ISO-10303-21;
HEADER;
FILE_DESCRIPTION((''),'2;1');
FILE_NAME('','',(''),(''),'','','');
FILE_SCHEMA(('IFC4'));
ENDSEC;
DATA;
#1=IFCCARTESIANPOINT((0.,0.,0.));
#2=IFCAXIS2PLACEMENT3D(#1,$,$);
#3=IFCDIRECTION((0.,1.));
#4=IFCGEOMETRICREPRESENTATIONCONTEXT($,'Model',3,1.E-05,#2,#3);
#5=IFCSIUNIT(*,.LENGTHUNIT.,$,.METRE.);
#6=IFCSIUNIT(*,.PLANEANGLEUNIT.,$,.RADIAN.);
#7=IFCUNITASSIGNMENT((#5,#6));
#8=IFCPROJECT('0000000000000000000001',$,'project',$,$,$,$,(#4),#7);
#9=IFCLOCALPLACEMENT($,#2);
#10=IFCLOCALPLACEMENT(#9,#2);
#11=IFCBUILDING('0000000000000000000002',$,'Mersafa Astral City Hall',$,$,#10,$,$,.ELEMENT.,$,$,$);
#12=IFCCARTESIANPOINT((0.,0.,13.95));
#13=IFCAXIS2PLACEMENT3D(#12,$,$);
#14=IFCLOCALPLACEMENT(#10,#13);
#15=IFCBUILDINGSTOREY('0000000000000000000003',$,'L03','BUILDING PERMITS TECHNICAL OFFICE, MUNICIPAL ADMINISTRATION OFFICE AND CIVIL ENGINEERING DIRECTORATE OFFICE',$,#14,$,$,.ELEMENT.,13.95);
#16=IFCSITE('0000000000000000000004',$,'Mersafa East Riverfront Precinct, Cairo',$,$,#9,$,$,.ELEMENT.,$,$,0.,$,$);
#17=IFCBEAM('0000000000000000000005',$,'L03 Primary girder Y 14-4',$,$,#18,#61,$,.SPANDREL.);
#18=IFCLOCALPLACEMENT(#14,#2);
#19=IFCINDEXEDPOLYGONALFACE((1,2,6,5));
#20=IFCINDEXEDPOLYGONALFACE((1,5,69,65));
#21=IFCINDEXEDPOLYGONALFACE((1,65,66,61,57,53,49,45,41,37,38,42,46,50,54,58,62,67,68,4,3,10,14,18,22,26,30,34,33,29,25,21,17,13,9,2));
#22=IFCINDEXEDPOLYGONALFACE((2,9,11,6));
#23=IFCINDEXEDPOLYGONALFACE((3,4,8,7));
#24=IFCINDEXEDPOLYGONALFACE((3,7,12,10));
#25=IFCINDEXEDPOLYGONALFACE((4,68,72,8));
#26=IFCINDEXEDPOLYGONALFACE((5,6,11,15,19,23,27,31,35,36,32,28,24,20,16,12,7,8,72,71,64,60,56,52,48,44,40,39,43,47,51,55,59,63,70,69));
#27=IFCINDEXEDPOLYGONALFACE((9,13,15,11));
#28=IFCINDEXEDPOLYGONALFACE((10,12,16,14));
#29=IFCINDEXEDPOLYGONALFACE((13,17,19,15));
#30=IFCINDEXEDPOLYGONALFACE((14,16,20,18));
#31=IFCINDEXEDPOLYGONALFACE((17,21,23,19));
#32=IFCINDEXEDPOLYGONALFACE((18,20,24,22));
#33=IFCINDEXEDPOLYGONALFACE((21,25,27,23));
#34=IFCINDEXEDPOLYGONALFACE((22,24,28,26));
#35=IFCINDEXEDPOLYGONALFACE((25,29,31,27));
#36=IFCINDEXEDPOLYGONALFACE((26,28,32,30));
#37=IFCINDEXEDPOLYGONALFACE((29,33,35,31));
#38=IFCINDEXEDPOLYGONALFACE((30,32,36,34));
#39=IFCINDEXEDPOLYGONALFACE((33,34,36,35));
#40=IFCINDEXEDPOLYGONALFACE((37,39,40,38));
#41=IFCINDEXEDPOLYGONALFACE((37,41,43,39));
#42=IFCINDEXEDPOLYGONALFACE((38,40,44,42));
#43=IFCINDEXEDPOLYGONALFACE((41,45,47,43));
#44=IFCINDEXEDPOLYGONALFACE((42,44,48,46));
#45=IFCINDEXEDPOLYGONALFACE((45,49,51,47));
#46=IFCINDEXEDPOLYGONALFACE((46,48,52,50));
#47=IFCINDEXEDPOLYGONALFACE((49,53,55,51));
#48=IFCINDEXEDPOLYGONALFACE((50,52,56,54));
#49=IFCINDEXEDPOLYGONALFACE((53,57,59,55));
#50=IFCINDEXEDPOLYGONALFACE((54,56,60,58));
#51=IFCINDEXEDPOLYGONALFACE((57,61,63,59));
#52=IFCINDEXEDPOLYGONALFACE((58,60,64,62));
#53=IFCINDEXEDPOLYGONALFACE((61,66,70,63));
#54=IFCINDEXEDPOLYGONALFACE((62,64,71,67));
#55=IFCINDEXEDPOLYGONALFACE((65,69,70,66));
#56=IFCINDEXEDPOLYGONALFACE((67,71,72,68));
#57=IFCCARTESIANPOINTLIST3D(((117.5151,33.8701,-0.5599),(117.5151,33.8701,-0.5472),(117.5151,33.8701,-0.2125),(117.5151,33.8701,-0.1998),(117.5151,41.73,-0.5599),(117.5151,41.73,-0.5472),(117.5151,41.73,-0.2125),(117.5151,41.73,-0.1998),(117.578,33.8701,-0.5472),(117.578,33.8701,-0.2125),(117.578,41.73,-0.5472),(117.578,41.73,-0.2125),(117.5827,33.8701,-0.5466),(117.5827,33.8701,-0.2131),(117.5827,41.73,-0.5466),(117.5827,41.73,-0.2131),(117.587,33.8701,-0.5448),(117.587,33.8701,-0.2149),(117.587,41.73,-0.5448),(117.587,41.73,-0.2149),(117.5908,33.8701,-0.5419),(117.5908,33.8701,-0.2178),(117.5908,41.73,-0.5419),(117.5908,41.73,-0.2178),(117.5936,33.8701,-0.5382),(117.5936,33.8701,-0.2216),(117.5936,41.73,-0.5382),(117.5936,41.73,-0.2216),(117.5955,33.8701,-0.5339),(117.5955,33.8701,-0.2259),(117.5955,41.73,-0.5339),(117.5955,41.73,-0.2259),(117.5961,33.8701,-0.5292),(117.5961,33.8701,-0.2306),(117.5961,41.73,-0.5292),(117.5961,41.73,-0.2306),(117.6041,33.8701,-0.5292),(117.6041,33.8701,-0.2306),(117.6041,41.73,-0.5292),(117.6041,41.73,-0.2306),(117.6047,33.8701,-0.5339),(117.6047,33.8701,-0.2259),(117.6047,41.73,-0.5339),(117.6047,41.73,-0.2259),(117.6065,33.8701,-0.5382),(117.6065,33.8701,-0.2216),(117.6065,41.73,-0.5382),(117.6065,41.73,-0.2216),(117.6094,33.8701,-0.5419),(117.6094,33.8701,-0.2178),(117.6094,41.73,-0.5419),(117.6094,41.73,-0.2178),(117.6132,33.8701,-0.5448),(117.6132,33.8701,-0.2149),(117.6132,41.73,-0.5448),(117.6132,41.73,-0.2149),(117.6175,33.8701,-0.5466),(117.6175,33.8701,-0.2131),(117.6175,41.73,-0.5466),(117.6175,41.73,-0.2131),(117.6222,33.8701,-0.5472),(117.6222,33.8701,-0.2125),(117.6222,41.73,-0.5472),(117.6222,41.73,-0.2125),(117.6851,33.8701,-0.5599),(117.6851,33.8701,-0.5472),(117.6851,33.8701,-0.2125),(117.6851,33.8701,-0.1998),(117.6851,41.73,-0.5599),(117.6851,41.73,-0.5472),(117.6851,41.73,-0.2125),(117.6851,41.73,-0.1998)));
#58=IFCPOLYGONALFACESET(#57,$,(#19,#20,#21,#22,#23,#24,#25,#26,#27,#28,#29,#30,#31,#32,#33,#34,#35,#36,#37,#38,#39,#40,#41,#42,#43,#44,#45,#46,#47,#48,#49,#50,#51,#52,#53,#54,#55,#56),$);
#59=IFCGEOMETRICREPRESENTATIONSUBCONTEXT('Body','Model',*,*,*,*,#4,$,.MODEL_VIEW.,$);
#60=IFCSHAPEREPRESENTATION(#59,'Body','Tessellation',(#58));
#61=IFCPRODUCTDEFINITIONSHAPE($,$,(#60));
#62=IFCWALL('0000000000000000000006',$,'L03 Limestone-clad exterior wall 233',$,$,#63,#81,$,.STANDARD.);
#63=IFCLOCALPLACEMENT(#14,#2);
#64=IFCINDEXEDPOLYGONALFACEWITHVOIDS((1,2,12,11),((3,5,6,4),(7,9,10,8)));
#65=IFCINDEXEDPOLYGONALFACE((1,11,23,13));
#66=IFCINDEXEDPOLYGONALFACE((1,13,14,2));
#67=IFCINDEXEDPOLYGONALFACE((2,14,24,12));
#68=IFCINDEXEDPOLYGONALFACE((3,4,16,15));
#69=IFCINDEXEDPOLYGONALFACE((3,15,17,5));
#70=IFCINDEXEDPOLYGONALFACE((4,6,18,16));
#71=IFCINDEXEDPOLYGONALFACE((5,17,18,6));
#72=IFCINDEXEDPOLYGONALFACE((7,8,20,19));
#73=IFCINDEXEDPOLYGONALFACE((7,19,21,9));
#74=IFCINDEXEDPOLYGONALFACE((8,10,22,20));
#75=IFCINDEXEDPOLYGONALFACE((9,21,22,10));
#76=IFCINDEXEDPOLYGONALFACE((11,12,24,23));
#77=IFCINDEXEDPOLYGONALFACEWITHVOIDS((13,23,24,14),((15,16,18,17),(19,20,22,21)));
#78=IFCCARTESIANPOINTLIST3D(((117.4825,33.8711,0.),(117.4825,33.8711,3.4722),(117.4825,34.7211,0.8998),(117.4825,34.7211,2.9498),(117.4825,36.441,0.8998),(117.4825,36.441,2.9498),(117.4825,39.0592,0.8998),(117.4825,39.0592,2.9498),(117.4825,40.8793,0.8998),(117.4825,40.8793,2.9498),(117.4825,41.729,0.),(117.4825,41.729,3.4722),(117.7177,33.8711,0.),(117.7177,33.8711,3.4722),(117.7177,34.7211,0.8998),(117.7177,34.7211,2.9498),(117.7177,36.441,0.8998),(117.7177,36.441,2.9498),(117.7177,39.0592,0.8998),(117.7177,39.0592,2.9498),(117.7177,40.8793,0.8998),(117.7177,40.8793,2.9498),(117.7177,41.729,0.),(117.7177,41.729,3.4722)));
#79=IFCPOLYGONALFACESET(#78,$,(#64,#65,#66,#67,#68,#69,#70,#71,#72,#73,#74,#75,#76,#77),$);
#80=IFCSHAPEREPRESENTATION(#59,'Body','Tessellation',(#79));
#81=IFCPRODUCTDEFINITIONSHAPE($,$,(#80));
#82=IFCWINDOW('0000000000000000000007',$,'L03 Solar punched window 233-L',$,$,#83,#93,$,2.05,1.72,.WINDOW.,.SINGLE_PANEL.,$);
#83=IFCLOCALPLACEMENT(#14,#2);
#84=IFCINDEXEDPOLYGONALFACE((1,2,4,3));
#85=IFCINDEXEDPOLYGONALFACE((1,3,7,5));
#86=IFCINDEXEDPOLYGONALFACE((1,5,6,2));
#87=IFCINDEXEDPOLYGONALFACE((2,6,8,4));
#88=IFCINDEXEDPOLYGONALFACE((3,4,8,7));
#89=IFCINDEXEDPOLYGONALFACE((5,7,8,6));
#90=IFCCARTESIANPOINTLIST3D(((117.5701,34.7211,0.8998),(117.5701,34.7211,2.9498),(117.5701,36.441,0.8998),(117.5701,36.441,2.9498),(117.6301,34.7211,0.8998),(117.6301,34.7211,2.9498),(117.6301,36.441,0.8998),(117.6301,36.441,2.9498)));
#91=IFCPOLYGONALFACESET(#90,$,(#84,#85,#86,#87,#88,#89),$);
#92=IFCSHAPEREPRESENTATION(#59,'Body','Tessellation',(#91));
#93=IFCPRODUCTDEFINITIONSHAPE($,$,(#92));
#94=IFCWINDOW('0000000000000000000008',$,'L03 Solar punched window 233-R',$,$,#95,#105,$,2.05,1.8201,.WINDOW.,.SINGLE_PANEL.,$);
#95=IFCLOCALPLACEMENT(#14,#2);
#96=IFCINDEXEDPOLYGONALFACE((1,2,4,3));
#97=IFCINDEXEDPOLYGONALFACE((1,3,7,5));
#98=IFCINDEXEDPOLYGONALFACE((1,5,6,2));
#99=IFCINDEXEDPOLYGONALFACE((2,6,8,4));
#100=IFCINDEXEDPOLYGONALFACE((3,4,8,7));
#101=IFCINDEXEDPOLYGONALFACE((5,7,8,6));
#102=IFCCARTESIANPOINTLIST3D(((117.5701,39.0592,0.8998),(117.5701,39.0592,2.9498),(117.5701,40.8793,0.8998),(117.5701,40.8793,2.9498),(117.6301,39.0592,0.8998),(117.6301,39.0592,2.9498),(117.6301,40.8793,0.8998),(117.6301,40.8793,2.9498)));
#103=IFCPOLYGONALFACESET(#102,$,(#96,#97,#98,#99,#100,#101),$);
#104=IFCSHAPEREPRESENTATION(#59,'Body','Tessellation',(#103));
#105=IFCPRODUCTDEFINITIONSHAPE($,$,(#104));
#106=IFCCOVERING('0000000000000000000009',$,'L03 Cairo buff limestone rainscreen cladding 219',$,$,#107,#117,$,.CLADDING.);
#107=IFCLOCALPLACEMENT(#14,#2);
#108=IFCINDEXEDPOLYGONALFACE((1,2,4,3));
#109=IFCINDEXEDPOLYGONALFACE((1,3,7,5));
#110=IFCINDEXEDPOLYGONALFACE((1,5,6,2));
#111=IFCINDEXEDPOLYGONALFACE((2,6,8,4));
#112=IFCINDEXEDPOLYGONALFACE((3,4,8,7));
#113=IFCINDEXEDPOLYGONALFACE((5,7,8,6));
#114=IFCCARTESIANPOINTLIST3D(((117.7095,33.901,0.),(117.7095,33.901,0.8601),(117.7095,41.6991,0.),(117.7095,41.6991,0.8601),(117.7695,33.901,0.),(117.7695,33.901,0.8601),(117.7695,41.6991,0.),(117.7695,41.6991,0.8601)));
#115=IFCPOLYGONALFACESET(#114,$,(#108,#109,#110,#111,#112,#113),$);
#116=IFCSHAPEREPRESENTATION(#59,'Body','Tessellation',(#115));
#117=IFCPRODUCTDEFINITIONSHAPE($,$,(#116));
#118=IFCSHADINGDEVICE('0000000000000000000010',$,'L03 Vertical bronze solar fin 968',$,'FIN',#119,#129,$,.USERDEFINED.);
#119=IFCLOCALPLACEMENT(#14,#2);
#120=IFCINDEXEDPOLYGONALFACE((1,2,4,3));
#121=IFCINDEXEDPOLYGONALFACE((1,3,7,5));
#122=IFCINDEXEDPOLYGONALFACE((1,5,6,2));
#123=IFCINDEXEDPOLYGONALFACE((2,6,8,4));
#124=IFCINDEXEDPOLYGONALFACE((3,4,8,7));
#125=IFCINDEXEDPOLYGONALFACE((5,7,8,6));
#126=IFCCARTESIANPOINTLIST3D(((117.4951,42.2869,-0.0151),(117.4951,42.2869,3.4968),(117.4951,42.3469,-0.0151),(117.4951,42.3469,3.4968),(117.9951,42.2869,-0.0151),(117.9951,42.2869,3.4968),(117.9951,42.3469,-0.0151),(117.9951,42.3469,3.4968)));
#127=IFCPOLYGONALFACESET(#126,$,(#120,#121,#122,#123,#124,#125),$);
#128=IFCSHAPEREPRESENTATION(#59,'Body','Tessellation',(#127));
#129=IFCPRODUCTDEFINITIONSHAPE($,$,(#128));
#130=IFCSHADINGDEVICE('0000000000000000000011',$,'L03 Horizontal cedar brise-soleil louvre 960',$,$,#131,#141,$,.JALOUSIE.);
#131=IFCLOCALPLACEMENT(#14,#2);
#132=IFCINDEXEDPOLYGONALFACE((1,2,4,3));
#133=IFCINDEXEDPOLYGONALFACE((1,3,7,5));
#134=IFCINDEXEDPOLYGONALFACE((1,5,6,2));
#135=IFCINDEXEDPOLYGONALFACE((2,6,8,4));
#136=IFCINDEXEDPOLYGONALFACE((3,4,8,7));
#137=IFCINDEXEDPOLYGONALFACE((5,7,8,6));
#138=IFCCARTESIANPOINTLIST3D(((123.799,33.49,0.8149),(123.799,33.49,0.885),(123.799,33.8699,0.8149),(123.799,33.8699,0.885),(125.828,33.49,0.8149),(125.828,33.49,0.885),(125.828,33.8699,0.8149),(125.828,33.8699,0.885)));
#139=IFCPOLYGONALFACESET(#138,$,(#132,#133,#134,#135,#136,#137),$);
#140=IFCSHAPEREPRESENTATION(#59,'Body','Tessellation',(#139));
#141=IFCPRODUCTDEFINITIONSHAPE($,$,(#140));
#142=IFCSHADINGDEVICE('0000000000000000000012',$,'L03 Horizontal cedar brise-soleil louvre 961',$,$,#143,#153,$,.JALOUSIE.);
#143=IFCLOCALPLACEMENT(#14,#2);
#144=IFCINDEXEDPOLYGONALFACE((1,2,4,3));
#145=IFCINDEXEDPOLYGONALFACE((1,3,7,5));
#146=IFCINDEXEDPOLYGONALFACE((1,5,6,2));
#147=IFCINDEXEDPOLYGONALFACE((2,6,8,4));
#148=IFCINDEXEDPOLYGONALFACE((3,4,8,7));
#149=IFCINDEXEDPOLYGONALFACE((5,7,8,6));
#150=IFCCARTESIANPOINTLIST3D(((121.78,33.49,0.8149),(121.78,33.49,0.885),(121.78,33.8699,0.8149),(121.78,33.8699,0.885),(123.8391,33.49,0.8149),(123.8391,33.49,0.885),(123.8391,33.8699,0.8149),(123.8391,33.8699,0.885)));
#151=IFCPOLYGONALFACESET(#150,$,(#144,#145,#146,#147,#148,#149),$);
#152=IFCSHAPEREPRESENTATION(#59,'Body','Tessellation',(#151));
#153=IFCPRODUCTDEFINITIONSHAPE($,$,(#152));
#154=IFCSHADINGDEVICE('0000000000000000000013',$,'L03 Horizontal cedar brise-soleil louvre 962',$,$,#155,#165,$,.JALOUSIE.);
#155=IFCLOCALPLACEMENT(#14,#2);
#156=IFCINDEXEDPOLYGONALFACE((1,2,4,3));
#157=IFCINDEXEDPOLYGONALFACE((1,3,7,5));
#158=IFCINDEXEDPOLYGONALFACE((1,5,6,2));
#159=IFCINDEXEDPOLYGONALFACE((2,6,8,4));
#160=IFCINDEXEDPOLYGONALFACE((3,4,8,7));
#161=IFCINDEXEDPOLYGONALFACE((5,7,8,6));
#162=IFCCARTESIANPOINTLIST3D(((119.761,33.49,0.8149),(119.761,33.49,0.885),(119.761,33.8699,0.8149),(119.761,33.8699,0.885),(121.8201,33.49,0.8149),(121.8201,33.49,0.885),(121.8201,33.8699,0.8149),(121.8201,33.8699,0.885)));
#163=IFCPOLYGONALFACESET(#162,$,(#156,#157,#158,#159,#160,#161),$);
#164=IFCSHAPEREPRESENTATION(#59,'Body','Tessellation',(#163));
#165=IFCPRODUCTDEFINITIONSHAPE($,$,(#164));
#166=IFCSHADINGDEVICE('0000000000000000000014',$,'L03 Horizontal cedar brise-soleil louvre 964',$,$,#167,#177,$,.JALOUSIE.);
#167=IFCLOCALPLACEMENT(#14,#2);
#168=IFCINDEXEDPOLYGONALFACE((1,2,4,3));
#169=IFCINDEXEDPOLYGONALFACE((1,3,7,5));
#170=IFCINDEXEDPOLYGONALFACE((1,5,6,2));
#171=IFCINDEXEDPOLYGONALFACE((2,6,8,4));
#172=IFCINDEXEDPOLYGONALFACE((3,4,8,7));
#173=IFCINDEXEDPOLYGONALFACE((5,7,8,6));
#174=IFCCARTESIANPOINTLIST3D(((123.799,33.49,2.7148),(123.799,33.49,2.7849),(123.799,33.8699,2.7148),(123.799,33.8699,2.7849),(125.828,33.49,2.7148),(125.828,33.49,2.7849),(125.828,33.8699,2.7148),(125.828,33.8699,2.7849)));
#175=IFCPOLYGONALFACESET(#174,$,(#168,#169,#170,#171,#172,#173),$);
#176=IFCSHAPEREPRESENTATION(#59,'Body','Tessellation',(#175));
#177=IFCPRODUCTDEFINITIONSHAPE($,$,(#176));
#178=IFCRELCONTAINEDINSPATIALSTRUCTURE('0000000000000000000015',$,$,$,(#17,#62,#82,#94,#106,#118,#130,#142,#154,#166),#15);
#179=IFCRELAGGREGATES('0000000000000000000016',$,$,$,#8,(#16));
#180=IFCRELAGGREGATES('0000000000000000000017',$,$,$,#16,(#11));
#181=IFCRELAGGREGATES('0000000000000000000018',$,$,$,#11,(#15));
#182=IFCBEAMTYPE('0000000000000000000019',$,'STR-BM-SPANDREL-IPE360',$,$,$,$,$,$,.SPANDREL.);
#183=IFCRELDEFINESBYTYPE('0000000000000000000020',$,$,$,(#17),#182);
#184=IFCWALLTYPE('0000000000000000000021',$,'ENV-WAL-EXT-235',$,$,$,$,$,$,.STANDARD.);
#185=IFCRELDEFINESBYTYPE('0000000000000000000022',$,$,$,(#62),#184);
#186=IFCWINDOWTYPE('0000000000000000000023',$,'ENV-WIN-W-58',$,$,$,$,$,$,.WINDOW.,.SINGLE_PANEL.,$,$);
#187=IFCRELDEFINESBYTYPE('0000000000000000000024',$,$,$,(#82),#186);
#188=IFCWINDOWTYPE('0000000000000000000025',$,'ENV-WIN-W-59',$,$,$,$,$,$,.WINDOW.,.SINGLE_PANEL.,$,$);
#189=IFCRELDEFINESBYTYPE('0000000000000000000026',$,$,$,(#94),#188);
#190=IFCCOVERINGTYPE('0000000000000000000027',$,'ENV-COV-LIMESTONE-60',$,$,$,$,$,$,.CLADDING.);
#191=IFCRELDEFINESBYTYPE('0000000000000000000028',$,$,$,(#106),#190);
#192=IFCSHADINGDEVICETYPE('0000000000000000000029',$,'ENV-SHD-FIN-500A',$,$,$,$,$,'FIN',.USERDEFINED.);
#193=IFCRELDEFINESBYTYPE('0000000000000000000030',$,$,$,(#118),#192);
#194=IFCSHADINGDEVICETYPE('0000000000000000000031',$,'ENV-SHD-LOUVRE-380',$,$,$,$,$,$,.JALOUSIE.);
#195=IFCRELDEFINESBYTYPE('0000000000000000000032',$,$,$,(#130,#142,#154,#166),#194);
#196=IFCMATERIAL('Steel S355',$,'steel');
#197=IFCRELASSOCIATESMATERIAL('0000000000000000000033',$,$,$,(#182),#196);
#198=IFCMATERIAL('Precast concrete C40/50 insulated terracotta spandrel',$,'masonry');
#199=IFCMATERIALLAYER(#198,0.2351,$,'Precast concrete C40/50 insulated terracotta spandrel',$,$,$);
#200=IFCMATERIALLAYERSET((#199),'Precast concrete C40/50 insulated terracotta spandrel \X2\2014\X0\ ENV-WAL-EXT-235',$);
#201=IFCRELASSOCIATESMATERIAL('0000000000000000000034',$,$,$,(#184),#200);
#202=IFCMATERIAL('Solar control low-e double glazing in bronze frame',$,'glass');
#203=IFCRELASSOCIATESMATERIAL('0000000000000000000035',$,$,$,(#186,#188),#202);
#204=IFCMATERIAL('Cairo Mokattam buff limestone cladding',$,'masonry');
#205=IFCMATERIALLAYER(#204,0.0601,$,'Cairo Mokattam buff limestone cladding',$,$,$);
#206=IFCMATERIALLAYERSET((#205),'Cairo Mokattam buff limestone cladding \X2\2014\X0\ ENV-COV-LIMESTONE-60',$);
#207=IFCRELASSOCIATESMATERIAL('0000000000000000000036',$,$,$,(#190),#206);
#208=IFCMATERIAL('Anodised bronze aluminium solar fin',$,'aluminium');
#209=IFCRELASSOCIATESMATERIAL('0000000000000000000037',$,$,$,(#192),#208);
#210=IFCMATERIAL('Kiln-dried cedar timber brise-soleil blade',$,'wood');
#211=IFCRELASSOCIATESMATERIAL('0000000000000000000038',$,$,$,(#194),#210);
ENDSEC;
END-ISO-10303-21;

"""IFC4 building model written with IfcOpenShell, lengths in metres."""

from ifc_helpers import new_model, si_unit, direction, frame, frame_2d, origin, origin_2d, place, context, subcontext, project, spatial, rectangle, i_section, extrude, material, layer, layer_set, material_profile, profile_set, type_object, element, fill, save


model = new_model("IFC4")

# Units and contexts
model_context = context("Model", 3, precision=1e-05, world=origin(), true_north=direction((0.0, 1.0)))
body_context = subcontext(model_context, "Body", "Model", "MODEL_VIEW")
ifc_project = project(units=[si_unit("LENGTHUNIT", "METRE"), si_unit("PLANEANGLEUNIT", "RADIAN")], contexts=[model_context])

# Site, building, storey
site_placement = place(None, origin())
site = spatial("IfcSite", under=ifc_project, at=site_placement, Name="Mersafa East Riverfront Precinct, Cairo", CompositionType="ELEMENT", RefElevation=0.0)
building_placement = place(site_placement, origin())
building = spatial("IfcBuilding", under=site, at=building_placement, Name="Mersafa Astral City Hall", CompositionType="ELEMENT")
storey_placement = place(building_placement, frame((0.0, 0.0, 13.95)))
storey = spatial("IfcBuildingStorey", under=building, at=storey_placement, Name="L03", Description="BUILDING PERMITS TECHNICAL OFFICE, MUNICIPAL ADMINISTRATION OFFICE AND CIVIL ENGINEERING DIRECTORATE OFFICE", CompositionType="ELEMENT", Elevation=13.95)

# Shared definitions
ifc_material_1 = material(Name="Steel S355", Category="steel")

# Beam
ifc_material_profile_1 = material_profile(ifc_material_1, i_section(OverallWidth=0.1699, OverallDepth=0.3601, WebThickness=0.0081, FlangeThickness=0.0127, FilletRadius=0.0181, at=origin_2d()), Name="IPE 360")
ifc_profile_set_1 = profile_set([ifc_material_profile_1], Name="Steel S355")
beam_type_1 = type_object("IfcBeamType", Name="STR-BM-SPANDREL-IPE360", PredefinedType="SPANDREL", material=ifc_profile_set_1)
beam_1_placement = place(storey_placement, frame((117.6001, 33.8701, -0.3799), z_axis=(0.0, 1.0, 0.0), x_axis=(-1.0, 0.0, 0.0)))
element("IfcBeam", 1, at=beam_1_placement, inside=storey, type_object=beam_type_1, Name="L03 Primary girder Y 14-4", PredefinedType="SPANDREL", context=body_context, shape_type="SweptSolid", body=[
    extrude(i_section(OverallWidth=0.1699, OverallDepth=0.3601, WebThickness=0.0081, FlangeThickness=0.0127, FilletRadius=0.0181, at=origin_2d()), origin(), (0.0, 0.0, 1.0), 7.8599),
])

# Wall, openings, windows
ifc_material_2 = material(Name="Precast concrete C40/50 insulated terracotta spandrel", Category="masonry")
ifc_layer_1 = layer(ifc_material_2, 0.2351, Name="Precast concrete C40/50 insulated terracotta spandrel")
ifc_layer_set_1 = layer_set([ifc_layer_1], Name="Precast concrete C40/50 insulated terracotta spandrel — ENV-WAL-EXT-235")
wall_type = type_object("IfcWallType", Name="ENV-WAL-EXT-235", PredefinedType="STANDARD", material=ifc_layer_set_1)
wall_placement = place(storey_placement, frame((117.6001, 33.8711, 0.0), z_axis=(0.0, 0.0, 1.0), x_axis=(0.0, 1.0, 0.0)))
wall = element("IfcWall", 2, at=wall_placement, inside=storey, type_object=wall_type, Name="L03 Limestone-clad exterior wall 233", PredefinedType="STANDARD", context=body_context, shape_type="SweptSolid", body=[
    extrude(rectangle(XDim=7.8579, YDim=0.2351, at=frame_2d((3.929, 0.0))), origin(), (0.0, 0.0, 1.0), 3.4722),
])
opening_1_placement = place(wall_placement, frame((0.8501, 0.0, 0.8999)))
opening_1 = element("IfcOpeningElement", 3, at=opening_1_placement, cuts=wall, PredefinedType="OPENING", context=body_context, shape_type="SweptSolid", body=[
    extrude(rectangle(XDim=1.72, YDim=2.05, at=frame_2d((0.8599, 1.0249))), frame((0.0, 0.1274, 0.0), z_axis=(0.0, -1.0, 0.0), x_axis=(1.0, 0.0, 0.0)), (0.0, 0.0, 1.0), 0.2551),
])
opening_2_placement = place(wall_placement, frame((5.188, 0.0, 0.8999)))
opening_2 = element("IfcOpeningElement", 4, at=opening_2_placement, cuts=wall, PredefinedType="OPENING", context=body_context, shape_type="SweptSolid", body=[
    extrude(rectangle(XDim=1.8201, YDim=2.05, at=frame_2d((0.9102, 1.0249))), frame((0.0, 0.1274, 0.0), z_axis=(0.0, -1.0, 0.0), x_axis=(1.0, 0.0, 0.0)), (0.0, 0.0, 1.0), 0.2551),
])
ifc_material_3 = material(Name="Solar control low-e double glazing in bronze frame", Category="glass")
window_type_1 = type_object("IfcWindowType", Name="ENV-WIN-W-58", PartitioningType="SINGLE_PANEL", PredefinedType="WINDOW", material=ifc_material_3)
window_1_placement = place(opening_1_placement, origin())
window_1 = element("IfcWindow", 5, at=window_1_placement, inside=storey, type_object=window_type_1, Name="L03 Solar punched window 233-L", OverallHeight=2.05, OverallWidth=1.72, PartitioningType="SINGLE_PANEL", PredefinedType="WINDOW", context=body_context, shape_type="SweptSolid", body=[
    extrude(rectangle(XDim=1.72, YDim=2.05, at=frame_2d((0.8599, 1.0249))), frame((0.0, 0.03, 0.0), z_axis=(0.0, -1.0, 0.0), x_axis=(1.0, 0.0, 0.0)), (0.0, 0.0, 1.0), 0.0601),
])
fill(opening_1, window_1)
window_type_2 = type_object("IfcWindowType", Name="ENV-WIN-W-59", PartitioningType="SINGLE_PANEL", PredefinedType="WINDOW", material=ifc_material_3)
window_2_placement = place(opening_2_placement, origin())
window_2 = element("IfcWindow", 6, at=window_2_placement, inside=storey, type_object=window_type_2, Name="L03 Solar punched window 233-R", OverallHeight=2.05, OverallWidth=1.8201, PartitioningType="SINGLE_PANEL", PredefinedType="WINDOW", context=body_context, shape_type="SweptSolid", body=[
    extrude(rectangle(XDim=1.8201, YDim=2.05, at=frame_2d((0.9102, 1.0249))), frame((0.0, 0.03, 0.0), z_axis=(0.0, -1.0, 0.0), x_axis=(1.0, 0.0, 0.0)), (0.0, 0.0, 1.0), 0.0601),
])
fill(opening_2, window_2)

# Covering
ifc_material_4 = material(Name="Cairo Mokattam buff limestone cladding", Category="masonry")
ifc_layer_2 = layer(ifc_material_4, 0.0601, Name="Cairo Mokattam buff limestone cladding")
ifc_layer_set_2 = layer_set([ifc_layer_2], Name="Cairo Mokattam buff limestone cladding — ENV-COV-LIMESTONE-60")
covering_type = type_object("IfcCoveringType", Name="ENV-COV-LIMESTONE-60", PredefinedType="CLADDING", material=ifc_layer_set_2)
covering_placement = place(storey_placement, frame((117.7395, 37.8, 0.0), z_axis=(0.0, 0.0, 1.0), x_axis=(0.0, 1.0, 0.0)))
element("IfcCovering", 7, at=covering_placement, inside=storey, type_object=covering_type, Name="L03 Cairo buff limestone rainscreen cladding 219", PredefinedType="CLADDING", context=body_context, shape_type="SweptSolid", body=[
    extrude(rectangle(XDim=7.7981, YDim=0.0601, at=origin_2d()), origin(), (0.0, 0.0, 1.0), 0.8601),
])

# Shading devices
ifc_material_5 = material(Name="Anodised bronze aluminium solar fin", Category="aluminium")
shading_device_type_1 = type_object("IfcShadingDeviceType", Name="ENV-SHD-FIN-500A", ElementType="FIN", PredefinedType="USERDEFINED", material=ifc_material_5)
shading_device_1_placement = place(storey_placement, frame((117.7451, 42.3169, -0.0151), z_axis=(0.0, 0.0, 1.0), x_axis=(0.0, 1.0, 0.0)))
element("IfcShadingDevice", 8, at=shading_device_1_placement, inside=storey, type_object=shading_device_type_1, Name="L03 Vertical bronze solar fin 968", ObjectType="FIN", PredefinedType="USERDEFINED", context=body_context, shape_type="SweptSolid", body=[
    extrude(rectangle(XDim=0.0601, YDim=0.5, at=origin_2d()), origin(), (0.0, 0.0, 1.0), 3.512),
])
ifc_material_6 = material(Name="Kiln-dried cedar timber brise-soleil blade", Category="wood")
shading_device_type_2 = type_object("IfcShadingDeviceType", Name="ENV-SHD-LOUVRE-380", PredefinedType="JALOUSIE", material=ifc_material_6)
shading_device_2_placement = place(storey_placement, frame((124.8135, 33.6799, 0.8149), z_axis=(0.0, 0.0, 1.0), x_axis=(-1.0, 0.0, 0.0)))
element("IfcShadingDevice", 9, at=shading_device_2_placement, inside=storey, type_object=shading_device_type_2, Name="L03 Horizontal cedar brise-soleil louvre 960", PredefinedType="JALOUSIE", context=body_context, shape_type="SweptSolid", body=[
    extrude(rectangle(XDim=2.0291, YDim=0.3799, at=origin_2d()), origin(), (0.0, 0.0, 1.0), 0.0701),
])
for number, where, z_axis, x_axis, name in (
    (10, (122.8096, 33.6799, 0.8149), (0.0, 0.0, 1.0), (-1.0, 0.0, 0.0), "L03 Horizontal cedar brise-soleil louvre 961"),
    (11, (120.7905, 33.6799, 0.8149), (0.0, 0.0, 1.0), (-1.0, 0.0, 0.0), "L03 Horizontal cedar brise-soleil louvre 962"),
):
    element("IfcShadingDevice", number, at=place(storey_placement, frame(where, z_axis=z_axis, x_axis=x_axis)), inside=storey, type_object=shading_device_type_2, Name=name, PredefinedType="JALOUSIE", context=body_context, shape_type="SweptSolid", body=[
        extrude(rectangle(XDim=2.0591, YDim=0.3799, at=origin_2d()), origin(), (0.0, 0.0, 1.0), 0.0701),
    ])
shading_device_3_placement = place(storey_placement, frame((124.8135, 33.6799, 2.7148), z_axis=(0.0, 0.0, 1.0), x_axis=(-1.0, 0.0, 0.0)))
element("IfcShadingDevice", 12, at=shading_device_3_placement, inside=storey, type_object=shading_device_type_2, Name="L03 Horizontal cedar brise-soleil louvre 964", PredefinedType="JALOUSIE", context=body_context, shape_type="SweptSolid", body=[
    extrude(rectangle(XDim=2.0291, YDim=0.3799, at=origin_2d()), origin(), (0.0, 0.0, 1.0), 0.0701),
])

save(model, "model.ifc")
